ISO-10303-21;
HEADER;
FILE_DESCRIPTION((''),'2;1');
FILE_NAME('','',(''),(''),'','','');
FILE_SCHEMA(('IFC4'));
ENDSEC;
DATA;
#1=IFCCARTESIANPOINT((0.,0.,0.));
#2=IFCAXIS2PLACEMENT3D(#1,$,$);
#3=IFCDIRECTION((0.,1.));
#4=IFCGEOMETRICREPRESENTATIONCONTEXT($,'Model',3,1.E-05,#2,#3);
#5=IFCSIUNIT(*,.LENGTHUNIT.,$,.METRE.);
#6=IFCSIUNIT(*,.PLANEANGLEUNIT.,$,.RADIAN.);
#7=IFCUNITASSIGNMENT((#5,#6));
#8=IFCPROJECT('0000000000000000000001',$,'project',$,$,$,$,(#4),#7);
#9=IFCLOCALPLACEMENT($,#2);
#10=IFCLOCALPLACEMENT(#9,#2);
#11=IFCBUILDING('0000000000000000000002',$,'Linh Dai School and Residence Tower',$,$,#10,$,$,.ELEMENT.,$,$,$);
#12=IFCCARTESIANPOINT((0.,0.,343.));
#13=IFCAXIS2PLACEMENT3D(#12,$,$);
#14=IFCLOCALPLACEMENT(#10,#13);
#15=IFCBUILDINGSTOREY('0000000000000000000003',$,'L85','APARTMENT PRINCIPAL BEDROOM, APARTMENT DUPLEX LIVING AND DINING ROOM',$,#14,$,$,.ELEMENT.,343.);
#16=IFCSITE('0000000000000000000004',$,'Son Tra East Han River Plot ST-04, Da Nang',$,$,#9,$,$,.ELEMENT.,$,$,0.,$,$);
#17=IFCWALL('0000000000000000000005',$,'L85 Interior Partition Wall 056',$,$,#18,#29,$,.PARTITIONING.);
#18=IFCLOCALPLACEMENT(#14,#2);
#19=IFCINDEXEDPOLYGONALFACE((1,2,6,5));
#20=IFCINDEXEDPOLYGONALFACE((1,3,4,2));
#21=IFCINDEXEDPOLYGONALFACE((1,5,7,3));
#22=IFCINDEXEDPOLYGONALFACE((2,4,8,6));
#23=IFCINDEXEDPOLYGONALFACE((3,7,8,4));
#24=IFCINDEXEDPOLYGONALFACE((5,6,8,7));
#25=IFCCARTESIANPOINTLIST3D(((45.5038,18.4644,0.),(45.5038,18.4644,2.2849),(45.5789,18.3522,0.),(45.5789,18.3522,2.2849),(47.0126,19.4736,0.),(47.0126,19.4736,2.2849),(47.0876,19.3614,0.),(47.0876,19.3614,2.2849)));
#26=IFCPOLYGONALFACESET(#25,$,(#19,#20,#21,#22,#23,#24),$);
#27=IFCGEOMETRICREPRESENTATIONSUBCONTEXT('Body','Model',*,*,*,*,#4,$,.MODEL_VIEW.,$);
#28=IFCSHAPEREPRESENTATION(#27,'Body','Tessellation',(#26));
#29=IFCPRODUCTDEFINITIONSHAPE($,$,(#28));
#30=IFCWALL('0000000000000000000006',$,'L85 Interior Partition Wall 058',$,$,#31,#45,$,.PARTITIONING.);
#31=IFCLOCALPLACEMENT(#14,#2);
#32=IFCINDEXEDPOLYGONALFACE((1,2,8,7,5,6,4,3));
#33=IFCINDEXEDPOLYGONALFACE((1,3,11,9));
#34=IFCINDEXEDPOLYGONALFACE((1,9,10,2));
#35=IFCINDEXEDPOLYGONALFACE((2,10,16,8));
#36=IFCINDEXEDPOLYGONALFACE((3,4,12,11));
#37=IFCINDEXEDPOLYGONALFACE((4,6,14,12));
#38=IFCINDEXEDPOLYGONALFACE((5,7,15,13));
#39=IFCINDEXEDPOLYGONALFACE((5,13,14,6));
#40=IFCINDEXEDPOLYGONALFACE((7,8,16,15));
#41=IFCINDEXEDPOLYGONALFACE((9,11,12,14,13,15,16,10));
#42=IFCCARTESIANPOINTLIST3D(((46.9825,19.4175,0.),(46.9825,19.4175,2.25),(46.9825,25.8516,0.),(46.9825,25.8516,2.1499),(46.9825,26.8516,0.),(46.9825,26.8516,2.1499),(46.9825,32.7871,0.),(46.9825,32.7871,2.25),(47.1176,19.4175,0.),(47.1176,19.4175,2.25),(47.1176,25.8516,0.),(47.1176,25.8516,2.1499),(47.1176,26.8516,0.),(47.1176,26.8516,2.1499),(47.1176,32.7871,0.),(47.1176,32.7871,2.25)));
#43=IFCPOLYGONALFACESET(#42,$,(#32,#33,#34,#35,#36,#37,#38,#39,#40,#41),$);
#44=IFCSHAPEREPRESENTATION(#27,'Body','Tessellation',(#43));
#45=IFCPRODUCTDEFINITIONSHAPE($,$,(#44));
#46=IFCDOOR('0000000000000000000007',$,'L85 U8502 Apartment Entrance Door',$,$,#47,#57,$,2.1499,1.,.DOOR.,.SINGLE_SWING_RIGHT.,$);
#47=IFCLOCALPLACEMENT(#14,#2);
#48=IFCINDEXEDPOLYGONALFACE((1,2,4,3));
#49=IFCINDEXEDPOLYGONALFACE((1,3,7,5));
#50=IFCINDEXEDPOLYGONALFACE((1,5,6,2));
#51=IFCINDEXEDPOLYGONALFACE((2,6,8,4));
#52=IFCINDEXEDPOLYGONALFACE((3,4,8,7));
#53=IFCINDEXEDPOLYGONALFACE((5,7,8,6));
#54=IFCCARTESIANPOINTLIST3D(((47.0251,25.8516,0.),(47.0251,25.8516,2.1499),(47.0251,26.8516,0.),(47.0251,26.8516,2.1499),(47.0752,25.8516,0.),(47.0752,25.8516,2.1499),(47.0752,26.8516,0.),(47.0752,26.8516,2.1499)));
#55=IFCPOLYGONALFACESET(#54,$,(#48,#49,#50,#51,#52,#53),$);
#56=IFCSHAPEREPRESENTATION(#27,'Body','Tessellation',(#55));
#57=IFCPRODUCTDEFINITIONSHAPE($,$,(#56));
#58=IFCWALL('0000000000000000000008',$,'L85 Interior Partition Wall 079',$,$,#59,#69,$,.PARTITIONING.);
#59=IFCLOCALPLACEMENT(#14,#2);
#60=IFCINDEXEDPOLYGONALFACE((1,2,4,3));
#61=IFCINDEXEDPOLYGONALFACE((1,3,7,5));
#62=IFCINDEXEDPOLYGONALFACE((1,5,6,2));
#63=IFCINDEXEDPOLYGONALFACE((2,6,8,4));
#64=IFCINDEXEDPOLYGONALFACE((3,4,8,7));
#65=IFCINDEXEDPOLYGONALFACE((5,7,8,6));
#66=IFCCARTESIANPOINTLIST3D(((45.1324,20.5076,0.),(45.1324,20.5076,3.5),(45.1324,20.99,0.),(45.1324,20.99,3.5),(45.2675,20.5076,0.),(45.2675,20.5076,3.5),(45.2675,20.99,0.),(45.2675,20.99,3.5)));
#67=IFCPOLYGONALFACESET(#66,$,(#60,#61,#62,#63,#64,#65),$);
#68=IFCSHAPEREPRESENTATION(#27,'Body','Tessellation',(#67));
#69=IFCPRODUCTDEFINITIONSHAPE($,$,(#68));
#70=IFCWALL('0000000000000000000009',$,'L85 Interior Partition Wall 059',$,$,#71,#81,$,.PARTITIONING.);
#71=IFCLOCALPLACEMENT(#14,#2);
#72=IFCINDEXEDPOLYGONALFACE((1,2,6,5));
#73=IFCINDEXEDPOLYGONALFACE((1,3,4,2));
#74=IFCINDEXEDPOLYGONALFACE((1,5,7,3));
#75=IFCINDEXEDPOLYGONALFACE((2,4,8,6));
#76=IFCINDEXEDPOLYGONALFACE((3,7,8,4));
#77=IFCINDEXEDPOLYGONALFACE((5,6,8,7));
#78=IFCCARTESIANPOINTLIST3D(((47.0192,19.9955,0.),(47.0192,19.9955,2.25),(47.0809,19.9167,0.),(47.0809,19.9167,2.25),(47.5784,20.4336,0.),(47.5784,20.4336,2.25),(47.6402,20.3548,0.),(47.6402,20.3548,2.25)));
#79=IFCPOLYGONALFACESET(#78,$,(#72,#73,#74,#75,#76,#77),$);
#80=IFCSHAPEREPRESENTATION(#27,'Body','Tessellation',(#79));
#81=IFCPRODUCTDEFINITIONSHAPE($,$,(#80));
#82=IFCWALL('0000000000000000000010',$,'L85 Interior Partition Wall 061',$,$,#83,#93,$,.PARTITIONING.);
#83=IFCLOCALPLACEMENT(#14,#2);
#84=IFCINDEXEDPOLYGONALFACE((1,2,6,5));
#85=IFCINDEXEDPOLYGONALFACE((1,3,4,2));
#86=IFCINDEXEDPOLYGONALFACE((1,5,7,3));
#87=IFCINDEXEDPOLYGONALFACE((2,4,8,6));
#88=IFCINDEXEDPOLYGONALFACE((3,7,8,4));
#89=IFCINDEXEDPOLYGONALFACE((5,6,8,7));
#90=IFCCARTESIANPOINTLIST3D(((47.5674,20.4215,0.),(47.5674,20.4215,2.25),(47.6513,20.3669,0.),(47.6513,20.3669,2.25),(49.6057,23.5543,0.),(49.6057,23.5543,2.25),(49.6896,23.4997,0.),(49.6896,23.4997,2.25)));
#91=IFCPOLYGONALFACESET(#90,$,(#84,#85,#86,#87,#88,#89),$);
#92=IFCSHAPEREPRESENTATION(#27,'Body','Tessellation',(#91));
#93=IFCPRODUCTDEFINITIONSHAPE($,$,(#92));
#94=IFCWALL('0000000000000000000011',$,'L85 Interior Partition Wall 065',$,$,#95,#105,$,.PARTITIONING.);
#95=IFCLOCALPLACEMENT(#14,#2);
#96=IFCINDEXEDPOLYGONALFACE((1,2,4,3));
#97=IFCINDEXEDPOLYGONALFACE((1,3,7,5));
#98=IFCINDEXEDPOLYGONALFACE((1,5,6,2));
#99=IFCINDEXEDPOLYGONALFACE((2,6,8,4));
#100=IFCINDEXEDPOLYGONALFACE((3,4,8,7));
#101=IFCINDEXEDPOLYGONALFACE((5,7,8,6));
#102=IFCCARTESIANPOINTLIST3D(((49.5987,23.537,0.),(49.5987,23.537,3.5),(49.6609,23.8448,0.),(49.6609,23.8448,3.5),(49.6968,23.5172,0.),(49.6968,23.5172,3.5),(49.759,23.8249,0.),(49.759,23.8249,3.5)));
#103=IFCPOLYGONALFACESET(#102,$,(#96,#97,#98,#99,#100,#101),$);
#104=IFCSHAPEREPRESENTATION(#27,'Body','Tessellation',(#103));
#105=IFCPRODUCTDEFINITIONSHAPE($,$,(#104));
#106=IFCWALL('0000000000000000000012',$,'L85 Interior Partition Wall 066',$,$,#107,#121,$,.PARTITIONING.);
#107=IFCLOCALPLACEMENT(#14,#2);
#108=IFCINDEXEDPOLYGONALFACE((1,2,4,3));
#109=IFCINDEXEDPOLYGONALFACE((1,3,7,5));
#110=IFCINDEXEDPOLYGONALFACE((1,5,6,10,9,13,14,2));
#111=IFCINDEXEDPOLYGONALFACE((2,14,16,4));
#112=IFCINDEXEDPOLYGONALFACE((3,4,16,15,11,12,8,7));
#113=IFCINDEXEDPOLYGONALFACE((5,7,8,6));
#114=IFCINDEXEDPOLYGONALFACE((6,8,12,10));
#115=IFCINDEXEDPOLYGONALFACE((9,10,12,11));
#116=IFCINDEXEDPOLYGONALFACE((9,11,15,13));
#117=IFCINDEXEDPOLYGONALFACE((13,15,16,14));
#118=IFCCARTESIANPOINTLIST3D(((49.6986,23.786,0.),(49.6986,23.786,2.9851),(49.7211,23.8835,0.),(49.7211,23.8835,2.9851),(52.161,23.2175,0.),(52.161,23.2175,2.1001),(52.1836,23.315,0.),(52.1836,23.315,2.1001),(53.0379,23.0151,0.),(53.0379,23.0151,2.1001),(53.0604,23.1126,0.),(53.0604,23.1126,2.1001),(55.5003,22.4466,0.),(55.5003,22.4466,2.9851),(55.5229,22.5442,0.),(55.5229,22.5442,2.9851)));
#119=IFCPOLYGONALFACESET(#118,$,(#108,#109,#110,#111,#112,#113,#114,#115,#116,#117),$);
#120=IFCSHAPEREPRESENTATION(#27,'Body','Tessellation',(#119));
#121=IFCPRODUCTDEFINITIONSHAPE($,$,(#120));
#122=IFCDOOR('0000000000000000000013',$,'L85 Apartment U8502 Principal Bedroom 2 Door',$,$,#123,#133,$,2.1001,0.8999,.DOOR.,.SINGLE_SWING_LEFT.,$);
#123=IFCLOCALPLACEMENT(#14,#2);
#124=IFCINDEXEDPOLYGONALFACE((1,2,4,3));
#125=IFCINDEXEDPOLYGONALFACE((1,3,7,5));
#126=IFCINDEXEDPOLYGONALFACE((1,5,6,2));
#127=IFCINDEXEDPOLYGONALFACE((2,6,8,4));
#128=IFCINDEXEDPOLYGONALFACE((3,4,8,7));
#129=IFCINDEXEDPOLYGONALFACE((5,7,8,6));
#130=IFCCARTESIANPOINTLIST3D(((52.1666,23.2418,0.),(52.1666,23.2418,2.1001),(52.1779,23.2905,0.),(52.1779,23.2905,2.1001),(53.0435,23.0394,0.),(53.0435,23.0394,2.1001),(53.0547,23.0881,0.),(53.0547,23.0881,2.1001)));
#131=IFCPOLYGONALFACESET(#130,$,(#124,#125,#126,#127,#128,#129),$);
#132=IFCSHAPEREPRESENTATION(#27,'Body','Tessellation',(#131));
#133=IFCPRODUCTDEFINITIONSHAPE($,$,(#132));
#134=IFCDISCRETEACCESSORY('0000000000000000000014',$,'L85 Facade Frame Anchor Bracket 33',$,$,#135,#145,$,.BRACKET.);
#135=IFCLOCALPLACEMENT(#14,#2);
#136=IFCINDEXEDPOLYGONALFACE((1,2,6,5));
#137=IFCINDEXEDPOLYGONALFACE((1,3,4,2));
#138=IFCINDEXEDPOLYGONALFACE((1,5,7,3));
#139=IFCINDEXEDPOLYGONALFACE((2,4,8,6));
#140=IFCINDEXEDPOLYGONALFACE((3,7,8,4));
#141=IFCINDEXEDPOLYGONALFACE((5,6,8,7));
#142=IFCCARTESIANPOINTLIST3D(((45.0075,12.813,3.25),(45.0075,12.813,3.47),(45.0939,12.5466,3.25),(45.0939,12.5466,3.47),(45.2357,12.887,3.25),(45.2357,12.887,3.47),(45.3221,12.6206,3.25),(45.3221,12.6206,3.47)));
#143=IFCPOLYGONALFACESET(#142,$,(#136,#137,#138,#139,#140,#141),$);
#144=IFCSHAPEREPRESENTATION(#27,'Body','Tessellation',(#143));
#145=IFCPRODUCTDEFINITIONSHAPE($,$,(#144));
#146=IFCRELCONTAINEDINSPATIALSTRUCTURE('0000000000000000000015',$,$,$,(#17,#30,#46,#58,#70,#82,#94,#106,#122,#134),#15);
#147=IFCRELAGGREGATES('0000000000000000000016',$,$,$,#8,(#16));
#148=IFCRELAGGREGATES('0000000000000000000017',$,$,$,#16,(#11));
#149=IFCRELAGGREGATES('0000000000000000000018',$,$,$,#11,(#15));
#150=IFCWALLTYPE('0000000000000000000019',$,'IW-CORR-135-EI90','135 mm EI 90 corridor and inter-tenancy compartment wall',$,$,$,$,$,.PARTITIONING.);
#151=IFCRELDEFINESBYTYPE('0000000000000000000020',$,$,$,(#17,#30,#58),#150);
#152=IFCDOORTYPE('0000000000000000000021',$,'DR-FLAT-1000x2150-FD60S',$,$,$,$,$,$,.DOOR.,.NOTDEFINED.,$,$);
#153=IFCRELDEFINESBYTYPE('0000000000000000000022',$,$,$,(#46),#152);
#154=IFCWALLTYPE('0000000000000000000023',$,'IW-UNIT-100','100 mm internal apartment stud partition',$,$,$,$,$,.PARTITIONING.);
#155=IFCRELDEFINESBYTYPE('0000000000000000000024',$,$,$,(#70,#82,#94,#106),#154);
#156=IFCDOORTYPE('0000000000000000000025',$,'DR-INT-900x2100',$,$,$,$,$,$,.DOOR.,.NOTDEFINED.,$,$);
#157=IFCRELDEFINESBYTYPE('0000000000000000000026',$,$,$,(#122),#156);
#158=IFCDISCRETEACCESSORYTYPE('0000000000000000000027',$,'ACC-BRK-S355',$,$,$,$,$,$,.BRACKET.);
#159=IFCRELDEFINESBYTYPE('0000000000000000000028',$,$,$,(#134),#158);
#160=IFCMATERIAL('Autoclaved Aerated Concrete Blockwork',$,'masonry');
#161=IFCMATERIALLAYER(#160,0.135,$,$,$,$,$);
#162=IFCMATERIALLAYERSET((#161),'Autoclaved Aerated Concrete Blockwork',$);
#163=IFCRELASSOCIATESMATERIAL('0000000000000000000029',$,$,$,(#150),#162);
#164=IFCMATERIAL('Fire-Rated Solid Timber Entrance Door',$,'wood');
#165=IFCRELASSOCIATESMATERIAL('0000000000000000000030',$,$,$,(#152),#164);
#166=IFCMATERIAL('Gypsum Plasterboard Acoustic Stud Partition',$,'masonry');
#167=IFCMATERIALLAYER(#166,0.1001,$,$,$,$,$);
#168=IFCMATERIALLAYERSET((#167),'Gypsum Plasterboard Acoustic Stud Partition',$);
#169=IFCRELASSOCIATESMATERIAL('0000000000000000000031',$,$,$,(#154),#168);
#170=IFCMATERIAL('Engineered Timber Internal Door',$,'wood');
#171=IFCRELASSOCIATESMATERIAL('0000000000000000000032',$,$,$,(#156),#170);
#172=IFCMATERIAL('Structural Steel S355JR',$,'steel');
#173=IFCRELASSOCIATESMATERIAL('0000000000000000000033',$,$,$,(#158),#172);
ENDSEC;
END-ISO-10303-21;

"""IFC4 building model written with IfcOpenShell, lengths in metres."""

from ifc_helpers import new_model, si_unit, direction, frame, frame_2d, origin, origin_2d, place, context, subcontext, project, spatial, rectangle, extrude, source, transform, mapped, material, layer, layer_set, type_object, element, fill, save


model = new_model("IFC4")

# Units and contexts
model_context = context("Model", 3, precision=1e-05, world=origin(), true_north=direction((0.0, 1.0)))
body_context = subcontext(model_context, "Body", "Model", "MODEL_VIEW")
ifc_project = project(units=[si_unit("LENGTHUNIT", "METRE"), si_unit("PLANEANGLEUNIT", "RADIAN")], contexts=[model_context])

# Site, building, storey
site_placement = place(None, origin())
site = spatial("IfcSite", under=ifc_project, at=site_placement, Name="Son Tra East Han River Plot ST-04, Da Nang", CompositionType="ELEMENT", RefElevation=0.0)
building_placement = place(site_placement, origin())
building = spatial("IfcBuilding", under=site, at=building_placement, Name="Linh Dai School and Residence Tower", CompositionType="ELEMENT")
storey_placement = place(building_placement, frame((0.0, 0.0, 343.0)))
storey = spatial("IfcBuildingStorey", under=building, at=storey_placement, Name="L85", Description="APARTMENT PRINCIPAL BEDROOM, APARTMENT DUPLEX LIVING AND DINING ROOM", CompositionType="ELEMENT", Elevation=343.0)

# Shared definitions
ifc_material_1 = material(Name="Structural Steel S355JR", Category="steel")

# Wall
ifc_material_2 = material(Name="Autoclaved Aerated Concrete Blockwork", Category="masonry")
ifc_layer_1 = layer(ifc_material_2, 0.135)
ifc_layer_set_1 = layer_set([ifc_layer_1], Name="Autoclaved Aerated Concrete Blockwork")
wall_type_1 = type_object("IfcWallType", Name="IW-CORR-135-EI90", Description="135 mm EI 90 corridor and inter-tenancy compartment wall", PredefinedType="PARTITIONING", material=ifc_layer_set_1)
wall_1_placement = place(storey_placement, frame((45.5413, 18.4082, 0.0), z_axis=(0.0, 0.0, 1.0), x_axis=(0.83118, 0.556003, 0.0)))
element("IfcWall", 1, at=wall_1_placement, inside=storey, type_object=wall_type_1, Name="L85 Interior Partition Wall 056", PredefinedType="PARTITIONING", context=body_context, shape_type="SweptSolid", body=[
    extrude(rectangle(XDim=1.8152, YDim=0.135, at=frame_2d((0.9077, 0.0))), origin(), (0.0, 0.0, 1.0), 2.2849),
])

# Wall, opening, door
wall_2_placement = place(storey_placement, frame((47.05, 19.4175, 0.0), z_axis=(0.0, 0.0, 1.0), x_axis=(0.0, 1.0, 0.0)))
wall_2 = element("IfcWall", 2, at=wall_2_placement, inside=storey, type_object=wall_type_1, Name="L85 Interior Partition Wall 058", PredefinedType="PARTITIONING", context=body_context, shape_type="SweptSolid", body=[
    extrude(rectangle(XDim=13.3696, YDim=0.135, at=frame_2d((6.6848, 0.0))), origin(), (0.0, 0.0, 1.0), 2.25),
])
opening_1_placement = place(wall_2_placement, frame((6.4341, 0.0, 0.0)))
opening_1 = element("IfcOpeningElement", 3, at=opening_1_placement, cuts=wall_2, PredefinedType="OPENING", context=body_context, shape_type="SweptSolid", body=[
    extrude(rectangle(XDim=1.0, YDim=2.1499, at=origin_2d()), frame((0.5, 0.0776, 1.075), z_axis=(0.0, -1.0, 0.0), x_axis=(1.0, 0.0, 0.0)), (0.0, 0.0, 1.0), 0.155),
])
ifc_material_3 = material(Name="Fire-Rated Solid Timber Entrance Door", Category="wood")
door_type_1 = type_object("IfcDoorType", Name="DR-FLAT-1000x2150-FD60S", OperationType="NOTDEFINED", PredefinedType="DOOR", material=ifc_material_3)
shared_shape_1 = source(origin(), body_context, "Body", "SweptSolid", [
    extrude(rectangle(XDim=1.0, YDim=2.1499, at=origin_2d()), frame((0.5, 0.0249, 1.075), z_axis=(0.0, -1.0, 0.0), x_axis=(1.0, 0.0, 0.0)), (0.0, 0.0, 1.0), 0.05),
])
door_1_placement = place(opening_1_placement, origin())
door_1 = element("IfcDoor", 4, at=door_1_placement, inside=storey, type_object=door_type_1, Name="L85 U8502 Apartment Entrance Door", OperationType="SINGLE_SWING_RIGHT", OverallHeight=2.1499, OverallWidth=1.0, PredefinedType="DOOR", context=body_context, shape_type="MappedRepresentation", body=[
    mapped(shared_shape_1, transform((0.0, 0.0, 0.0), x_axis=(1.0, 0.0, 0.0), y_axis=(0.0, 1.0, 0.0), z_axis=(0.0, 0.0, 1.0), scale=1.0)),
])
fill(opening_1, door_1)

# Walls
wall_3_placement = place(storey_placement, frame((45.2, 20.5076, 0.0), z_axis=(0.0, 0.0, 1.0), x_axis=(0.0, 1.0, 0.0)))
element("IfcWall", 5, at=wall_3_placement, inside=storey, type_object=wall_type_1, Name="L85 Interior Partition Wall 079", PredefinedType="PARTITIONING", context=body_context, shape_type="SweptSolid", body=[
    extrude(rectangle(XDim=0.4824, YDim=0.135, at=frame_2d((0.2412, 0.0))), origin(), (0.0, 0.0, 1.0), 3.5),
])
ifc_material_4 = material(Name="Gypsum Plasterboard Acoustic Stud Partition", Category="masonry")
ifc_layer_2 = layer(ifc_material_4, 0.1001)
ifc_layer_set_2 = layer_set([ifc_layer_2], Name="Gypsum Plasterboard Acoustic Stud Partition")
wall_type_2 = type_object("IfcWallType", Name="IW-UNIT-100", Description="100 mm internal apartment stud partition", PredefinedType="PARTITIONING", material=ifc_layer_set_2)
wall_4_placement = place(storey_placement, frame((47.05, 19.9561, 0.0), z_axis=(0.0, 0.0, 1.0), x_axis=(0.787164, 0.616744, 0.0)))
element("IfcWall", 6, at=wall_4_placement, inside=storey, type_object=wall_type_2, Name="L85 Interior Partition Wall 059", PredefinedType="PARTITIONING", context=body_context, shape_type="SweptSolid", body=[
    extrude(rectangle(XDim=0.7104, YDim=0.1001, at=frame_2d((0.3552, 0.0))), origin(), (0.0, 0.0, 1.0), 2.25),
])
wall_5_placement = place(storey_placement, frame((47.6094, 20.3943, 0.0), z_axis=(0.0, 0.0, 1.0), x_axis=(0.545365, 0.838199, 0.0)))
element("IfcWall", 7, at=wall_5_placement, inside=storey, type_object=wall_type_2, Name="L85 Interior Partition Wall 061", PredefinedType="PARTITIONING", context=body_context, shape_type="SweptSolid", body=[
    extrude(rectangle(XDim=3.7375, YDim=0.1001, at=frame_2d((1.8687, 0.0))), origin(), (0.0, 0.0, 1.0), 2.25),
])
wall_6_placement = place(storey_placement, frame((49.6477, 23.5271, 0.0), z_axis=(0.0, 0.0, 1.0), x_axis=(0.19836, 0.980129, 0.0)))
element("IfcWall", 8, at=wall_6_placement, inside=storey, type_object=wall_type_2, Name="L85 Interior Partition Wall 065", PredefinedType="PARTITIONING", context=body_context, shape_type="SweptSolid", body=[
    extrude(rectangle(XDim=0.314, YDim=0.1001, at=frame_2d((0.157, 0.0))), origin(), (0.0, 0.0, 1.0), 3.5),
])

# Wall, opening, door
wall_7_placement = place(storey_placement, frame((49.71, 23.8347, 0.0), z_axis=(0.0, 0.0, 1.0), x_axis=(0.974373, -0.224937, 0.0)))
wall_7 = element("IfcWall", 9, at=wall_7_placement, inside=storey, type_object=wall_type_2, Name="L85 Interior Partition Wall 066", PredefinedType="PARTITIONING", context=body_context, shape_type="SweptSolid", body=[
    extrude(rectangle(XDim=5.9543, YDim=0.1001, at=frame_2d((2.9771, 0.0))), origin(), (0.0, 0.0, 1.0), 2.9851),
])
opening_2_placement = place(wall_7_placement, frame((2.5271, 0.0, 0.0)))
opening_2 = element("IfcOpeningElement", 10, at=opening_2_placement, cuts=wall_7, PredefinedType="OPENING", context=body_context, shape_type="SweptSolid", body=[
    extrude(rectangle(XDim=0.8999, YDim=2.1001, at=origin_2d()), frame((0.45, 0.0601, 1.05), z_axis=(0.0, -1.0, 0.0), x_axis=(1.0, 0.0, 0.0)), (0.0, 0.0, 1.0), 0.1201),
])
ifc_material_5 = material(Name="Engineered Timber Internal Door", Category="wood")
door_type_2 = type_object("IfcDoorType", Name="DR-INT-900x2100", OperationType="NOTDEFINED", PredefinedType="DOOR", material=ifc_material_5)
shared_shape_2 = source(origin(), body_context, "Body", "SweptSolid", [
    extrude(rectangle(XDim=0.8999, YDim=2.1001, at=origin_2d()), frame((0.45, 0.0249, 1.05), z_axis=(0.0, -1.0, 0.0), x_axis=(1.0, 0.0, 0.0)), (0.0, 0.0, 1.0), 0.05),
])
door_2_placement = place(opening_2_placement, origin())
door_2 = element("IfcDoor", 11, at=door_2_placement, inside=storey, type_object=door_type_2, Name="L85 Apartment U8502 Principal Bedroom 2 Door", OperationType="SINGLE_SWING_LEFT", OverallHeight=2.1001, OverallWidth=0.8999, PredefinedType="DOOR", context=body_context, shape_type="MappedRepresentation", body=[
    mapped(shared_shape_2, transform((0.0, 0.0, 0.0), x_axis=(1.0, 0.0, 0.0), y_axis=(0.0, 1.0, 0.0), z_axis=(0.0, 0.0, 1.0), scale=1.0)),
])
fill(opening_2, door_2)

# Discrete accessory
discrete_accessory_type = type_object("IfcDiscreteAccessoryType", Name="ACC-BRK-S355", PredefinedType="BRACKET", material=ifc_material_1)
shared_shape_3 = source(origin(), body_context, "Body", "SweptSolid", [
    extrude(rectangle(XDim=0.28, YDim=0.24, at=origin_2d()), origin(), (0.0, 0.0, 1.0), 0.22),
])
discrete_accessory_placement = place(storey_placement, frame((45.1648, 12.7168, 3.25), z_axis=(0.0, 0.0, 1.0), x_axis=(0.308565, -0.951203, 0.0)))
element("IfcDiscreteAccessory", 12, at=discrete_accessory_placement, inside=storey, type_object=discrete_accessory_type, Name="L85 Facade Frame Anchor Bracket 33", PredefinedType="BRACKET", context=body_context, shape_type="MappedRepresentation", body=[
    mapped(shared_shape_3, transform((0.0, 0.0, 0.0), x_axis=(1.0, 0.0, 0.0), y_axis=(0.0, 1.0, 0.0), z_axis=(0.0, 0.0, 1.0), scale=1.0)),
])

save(model, "model.ifc")
